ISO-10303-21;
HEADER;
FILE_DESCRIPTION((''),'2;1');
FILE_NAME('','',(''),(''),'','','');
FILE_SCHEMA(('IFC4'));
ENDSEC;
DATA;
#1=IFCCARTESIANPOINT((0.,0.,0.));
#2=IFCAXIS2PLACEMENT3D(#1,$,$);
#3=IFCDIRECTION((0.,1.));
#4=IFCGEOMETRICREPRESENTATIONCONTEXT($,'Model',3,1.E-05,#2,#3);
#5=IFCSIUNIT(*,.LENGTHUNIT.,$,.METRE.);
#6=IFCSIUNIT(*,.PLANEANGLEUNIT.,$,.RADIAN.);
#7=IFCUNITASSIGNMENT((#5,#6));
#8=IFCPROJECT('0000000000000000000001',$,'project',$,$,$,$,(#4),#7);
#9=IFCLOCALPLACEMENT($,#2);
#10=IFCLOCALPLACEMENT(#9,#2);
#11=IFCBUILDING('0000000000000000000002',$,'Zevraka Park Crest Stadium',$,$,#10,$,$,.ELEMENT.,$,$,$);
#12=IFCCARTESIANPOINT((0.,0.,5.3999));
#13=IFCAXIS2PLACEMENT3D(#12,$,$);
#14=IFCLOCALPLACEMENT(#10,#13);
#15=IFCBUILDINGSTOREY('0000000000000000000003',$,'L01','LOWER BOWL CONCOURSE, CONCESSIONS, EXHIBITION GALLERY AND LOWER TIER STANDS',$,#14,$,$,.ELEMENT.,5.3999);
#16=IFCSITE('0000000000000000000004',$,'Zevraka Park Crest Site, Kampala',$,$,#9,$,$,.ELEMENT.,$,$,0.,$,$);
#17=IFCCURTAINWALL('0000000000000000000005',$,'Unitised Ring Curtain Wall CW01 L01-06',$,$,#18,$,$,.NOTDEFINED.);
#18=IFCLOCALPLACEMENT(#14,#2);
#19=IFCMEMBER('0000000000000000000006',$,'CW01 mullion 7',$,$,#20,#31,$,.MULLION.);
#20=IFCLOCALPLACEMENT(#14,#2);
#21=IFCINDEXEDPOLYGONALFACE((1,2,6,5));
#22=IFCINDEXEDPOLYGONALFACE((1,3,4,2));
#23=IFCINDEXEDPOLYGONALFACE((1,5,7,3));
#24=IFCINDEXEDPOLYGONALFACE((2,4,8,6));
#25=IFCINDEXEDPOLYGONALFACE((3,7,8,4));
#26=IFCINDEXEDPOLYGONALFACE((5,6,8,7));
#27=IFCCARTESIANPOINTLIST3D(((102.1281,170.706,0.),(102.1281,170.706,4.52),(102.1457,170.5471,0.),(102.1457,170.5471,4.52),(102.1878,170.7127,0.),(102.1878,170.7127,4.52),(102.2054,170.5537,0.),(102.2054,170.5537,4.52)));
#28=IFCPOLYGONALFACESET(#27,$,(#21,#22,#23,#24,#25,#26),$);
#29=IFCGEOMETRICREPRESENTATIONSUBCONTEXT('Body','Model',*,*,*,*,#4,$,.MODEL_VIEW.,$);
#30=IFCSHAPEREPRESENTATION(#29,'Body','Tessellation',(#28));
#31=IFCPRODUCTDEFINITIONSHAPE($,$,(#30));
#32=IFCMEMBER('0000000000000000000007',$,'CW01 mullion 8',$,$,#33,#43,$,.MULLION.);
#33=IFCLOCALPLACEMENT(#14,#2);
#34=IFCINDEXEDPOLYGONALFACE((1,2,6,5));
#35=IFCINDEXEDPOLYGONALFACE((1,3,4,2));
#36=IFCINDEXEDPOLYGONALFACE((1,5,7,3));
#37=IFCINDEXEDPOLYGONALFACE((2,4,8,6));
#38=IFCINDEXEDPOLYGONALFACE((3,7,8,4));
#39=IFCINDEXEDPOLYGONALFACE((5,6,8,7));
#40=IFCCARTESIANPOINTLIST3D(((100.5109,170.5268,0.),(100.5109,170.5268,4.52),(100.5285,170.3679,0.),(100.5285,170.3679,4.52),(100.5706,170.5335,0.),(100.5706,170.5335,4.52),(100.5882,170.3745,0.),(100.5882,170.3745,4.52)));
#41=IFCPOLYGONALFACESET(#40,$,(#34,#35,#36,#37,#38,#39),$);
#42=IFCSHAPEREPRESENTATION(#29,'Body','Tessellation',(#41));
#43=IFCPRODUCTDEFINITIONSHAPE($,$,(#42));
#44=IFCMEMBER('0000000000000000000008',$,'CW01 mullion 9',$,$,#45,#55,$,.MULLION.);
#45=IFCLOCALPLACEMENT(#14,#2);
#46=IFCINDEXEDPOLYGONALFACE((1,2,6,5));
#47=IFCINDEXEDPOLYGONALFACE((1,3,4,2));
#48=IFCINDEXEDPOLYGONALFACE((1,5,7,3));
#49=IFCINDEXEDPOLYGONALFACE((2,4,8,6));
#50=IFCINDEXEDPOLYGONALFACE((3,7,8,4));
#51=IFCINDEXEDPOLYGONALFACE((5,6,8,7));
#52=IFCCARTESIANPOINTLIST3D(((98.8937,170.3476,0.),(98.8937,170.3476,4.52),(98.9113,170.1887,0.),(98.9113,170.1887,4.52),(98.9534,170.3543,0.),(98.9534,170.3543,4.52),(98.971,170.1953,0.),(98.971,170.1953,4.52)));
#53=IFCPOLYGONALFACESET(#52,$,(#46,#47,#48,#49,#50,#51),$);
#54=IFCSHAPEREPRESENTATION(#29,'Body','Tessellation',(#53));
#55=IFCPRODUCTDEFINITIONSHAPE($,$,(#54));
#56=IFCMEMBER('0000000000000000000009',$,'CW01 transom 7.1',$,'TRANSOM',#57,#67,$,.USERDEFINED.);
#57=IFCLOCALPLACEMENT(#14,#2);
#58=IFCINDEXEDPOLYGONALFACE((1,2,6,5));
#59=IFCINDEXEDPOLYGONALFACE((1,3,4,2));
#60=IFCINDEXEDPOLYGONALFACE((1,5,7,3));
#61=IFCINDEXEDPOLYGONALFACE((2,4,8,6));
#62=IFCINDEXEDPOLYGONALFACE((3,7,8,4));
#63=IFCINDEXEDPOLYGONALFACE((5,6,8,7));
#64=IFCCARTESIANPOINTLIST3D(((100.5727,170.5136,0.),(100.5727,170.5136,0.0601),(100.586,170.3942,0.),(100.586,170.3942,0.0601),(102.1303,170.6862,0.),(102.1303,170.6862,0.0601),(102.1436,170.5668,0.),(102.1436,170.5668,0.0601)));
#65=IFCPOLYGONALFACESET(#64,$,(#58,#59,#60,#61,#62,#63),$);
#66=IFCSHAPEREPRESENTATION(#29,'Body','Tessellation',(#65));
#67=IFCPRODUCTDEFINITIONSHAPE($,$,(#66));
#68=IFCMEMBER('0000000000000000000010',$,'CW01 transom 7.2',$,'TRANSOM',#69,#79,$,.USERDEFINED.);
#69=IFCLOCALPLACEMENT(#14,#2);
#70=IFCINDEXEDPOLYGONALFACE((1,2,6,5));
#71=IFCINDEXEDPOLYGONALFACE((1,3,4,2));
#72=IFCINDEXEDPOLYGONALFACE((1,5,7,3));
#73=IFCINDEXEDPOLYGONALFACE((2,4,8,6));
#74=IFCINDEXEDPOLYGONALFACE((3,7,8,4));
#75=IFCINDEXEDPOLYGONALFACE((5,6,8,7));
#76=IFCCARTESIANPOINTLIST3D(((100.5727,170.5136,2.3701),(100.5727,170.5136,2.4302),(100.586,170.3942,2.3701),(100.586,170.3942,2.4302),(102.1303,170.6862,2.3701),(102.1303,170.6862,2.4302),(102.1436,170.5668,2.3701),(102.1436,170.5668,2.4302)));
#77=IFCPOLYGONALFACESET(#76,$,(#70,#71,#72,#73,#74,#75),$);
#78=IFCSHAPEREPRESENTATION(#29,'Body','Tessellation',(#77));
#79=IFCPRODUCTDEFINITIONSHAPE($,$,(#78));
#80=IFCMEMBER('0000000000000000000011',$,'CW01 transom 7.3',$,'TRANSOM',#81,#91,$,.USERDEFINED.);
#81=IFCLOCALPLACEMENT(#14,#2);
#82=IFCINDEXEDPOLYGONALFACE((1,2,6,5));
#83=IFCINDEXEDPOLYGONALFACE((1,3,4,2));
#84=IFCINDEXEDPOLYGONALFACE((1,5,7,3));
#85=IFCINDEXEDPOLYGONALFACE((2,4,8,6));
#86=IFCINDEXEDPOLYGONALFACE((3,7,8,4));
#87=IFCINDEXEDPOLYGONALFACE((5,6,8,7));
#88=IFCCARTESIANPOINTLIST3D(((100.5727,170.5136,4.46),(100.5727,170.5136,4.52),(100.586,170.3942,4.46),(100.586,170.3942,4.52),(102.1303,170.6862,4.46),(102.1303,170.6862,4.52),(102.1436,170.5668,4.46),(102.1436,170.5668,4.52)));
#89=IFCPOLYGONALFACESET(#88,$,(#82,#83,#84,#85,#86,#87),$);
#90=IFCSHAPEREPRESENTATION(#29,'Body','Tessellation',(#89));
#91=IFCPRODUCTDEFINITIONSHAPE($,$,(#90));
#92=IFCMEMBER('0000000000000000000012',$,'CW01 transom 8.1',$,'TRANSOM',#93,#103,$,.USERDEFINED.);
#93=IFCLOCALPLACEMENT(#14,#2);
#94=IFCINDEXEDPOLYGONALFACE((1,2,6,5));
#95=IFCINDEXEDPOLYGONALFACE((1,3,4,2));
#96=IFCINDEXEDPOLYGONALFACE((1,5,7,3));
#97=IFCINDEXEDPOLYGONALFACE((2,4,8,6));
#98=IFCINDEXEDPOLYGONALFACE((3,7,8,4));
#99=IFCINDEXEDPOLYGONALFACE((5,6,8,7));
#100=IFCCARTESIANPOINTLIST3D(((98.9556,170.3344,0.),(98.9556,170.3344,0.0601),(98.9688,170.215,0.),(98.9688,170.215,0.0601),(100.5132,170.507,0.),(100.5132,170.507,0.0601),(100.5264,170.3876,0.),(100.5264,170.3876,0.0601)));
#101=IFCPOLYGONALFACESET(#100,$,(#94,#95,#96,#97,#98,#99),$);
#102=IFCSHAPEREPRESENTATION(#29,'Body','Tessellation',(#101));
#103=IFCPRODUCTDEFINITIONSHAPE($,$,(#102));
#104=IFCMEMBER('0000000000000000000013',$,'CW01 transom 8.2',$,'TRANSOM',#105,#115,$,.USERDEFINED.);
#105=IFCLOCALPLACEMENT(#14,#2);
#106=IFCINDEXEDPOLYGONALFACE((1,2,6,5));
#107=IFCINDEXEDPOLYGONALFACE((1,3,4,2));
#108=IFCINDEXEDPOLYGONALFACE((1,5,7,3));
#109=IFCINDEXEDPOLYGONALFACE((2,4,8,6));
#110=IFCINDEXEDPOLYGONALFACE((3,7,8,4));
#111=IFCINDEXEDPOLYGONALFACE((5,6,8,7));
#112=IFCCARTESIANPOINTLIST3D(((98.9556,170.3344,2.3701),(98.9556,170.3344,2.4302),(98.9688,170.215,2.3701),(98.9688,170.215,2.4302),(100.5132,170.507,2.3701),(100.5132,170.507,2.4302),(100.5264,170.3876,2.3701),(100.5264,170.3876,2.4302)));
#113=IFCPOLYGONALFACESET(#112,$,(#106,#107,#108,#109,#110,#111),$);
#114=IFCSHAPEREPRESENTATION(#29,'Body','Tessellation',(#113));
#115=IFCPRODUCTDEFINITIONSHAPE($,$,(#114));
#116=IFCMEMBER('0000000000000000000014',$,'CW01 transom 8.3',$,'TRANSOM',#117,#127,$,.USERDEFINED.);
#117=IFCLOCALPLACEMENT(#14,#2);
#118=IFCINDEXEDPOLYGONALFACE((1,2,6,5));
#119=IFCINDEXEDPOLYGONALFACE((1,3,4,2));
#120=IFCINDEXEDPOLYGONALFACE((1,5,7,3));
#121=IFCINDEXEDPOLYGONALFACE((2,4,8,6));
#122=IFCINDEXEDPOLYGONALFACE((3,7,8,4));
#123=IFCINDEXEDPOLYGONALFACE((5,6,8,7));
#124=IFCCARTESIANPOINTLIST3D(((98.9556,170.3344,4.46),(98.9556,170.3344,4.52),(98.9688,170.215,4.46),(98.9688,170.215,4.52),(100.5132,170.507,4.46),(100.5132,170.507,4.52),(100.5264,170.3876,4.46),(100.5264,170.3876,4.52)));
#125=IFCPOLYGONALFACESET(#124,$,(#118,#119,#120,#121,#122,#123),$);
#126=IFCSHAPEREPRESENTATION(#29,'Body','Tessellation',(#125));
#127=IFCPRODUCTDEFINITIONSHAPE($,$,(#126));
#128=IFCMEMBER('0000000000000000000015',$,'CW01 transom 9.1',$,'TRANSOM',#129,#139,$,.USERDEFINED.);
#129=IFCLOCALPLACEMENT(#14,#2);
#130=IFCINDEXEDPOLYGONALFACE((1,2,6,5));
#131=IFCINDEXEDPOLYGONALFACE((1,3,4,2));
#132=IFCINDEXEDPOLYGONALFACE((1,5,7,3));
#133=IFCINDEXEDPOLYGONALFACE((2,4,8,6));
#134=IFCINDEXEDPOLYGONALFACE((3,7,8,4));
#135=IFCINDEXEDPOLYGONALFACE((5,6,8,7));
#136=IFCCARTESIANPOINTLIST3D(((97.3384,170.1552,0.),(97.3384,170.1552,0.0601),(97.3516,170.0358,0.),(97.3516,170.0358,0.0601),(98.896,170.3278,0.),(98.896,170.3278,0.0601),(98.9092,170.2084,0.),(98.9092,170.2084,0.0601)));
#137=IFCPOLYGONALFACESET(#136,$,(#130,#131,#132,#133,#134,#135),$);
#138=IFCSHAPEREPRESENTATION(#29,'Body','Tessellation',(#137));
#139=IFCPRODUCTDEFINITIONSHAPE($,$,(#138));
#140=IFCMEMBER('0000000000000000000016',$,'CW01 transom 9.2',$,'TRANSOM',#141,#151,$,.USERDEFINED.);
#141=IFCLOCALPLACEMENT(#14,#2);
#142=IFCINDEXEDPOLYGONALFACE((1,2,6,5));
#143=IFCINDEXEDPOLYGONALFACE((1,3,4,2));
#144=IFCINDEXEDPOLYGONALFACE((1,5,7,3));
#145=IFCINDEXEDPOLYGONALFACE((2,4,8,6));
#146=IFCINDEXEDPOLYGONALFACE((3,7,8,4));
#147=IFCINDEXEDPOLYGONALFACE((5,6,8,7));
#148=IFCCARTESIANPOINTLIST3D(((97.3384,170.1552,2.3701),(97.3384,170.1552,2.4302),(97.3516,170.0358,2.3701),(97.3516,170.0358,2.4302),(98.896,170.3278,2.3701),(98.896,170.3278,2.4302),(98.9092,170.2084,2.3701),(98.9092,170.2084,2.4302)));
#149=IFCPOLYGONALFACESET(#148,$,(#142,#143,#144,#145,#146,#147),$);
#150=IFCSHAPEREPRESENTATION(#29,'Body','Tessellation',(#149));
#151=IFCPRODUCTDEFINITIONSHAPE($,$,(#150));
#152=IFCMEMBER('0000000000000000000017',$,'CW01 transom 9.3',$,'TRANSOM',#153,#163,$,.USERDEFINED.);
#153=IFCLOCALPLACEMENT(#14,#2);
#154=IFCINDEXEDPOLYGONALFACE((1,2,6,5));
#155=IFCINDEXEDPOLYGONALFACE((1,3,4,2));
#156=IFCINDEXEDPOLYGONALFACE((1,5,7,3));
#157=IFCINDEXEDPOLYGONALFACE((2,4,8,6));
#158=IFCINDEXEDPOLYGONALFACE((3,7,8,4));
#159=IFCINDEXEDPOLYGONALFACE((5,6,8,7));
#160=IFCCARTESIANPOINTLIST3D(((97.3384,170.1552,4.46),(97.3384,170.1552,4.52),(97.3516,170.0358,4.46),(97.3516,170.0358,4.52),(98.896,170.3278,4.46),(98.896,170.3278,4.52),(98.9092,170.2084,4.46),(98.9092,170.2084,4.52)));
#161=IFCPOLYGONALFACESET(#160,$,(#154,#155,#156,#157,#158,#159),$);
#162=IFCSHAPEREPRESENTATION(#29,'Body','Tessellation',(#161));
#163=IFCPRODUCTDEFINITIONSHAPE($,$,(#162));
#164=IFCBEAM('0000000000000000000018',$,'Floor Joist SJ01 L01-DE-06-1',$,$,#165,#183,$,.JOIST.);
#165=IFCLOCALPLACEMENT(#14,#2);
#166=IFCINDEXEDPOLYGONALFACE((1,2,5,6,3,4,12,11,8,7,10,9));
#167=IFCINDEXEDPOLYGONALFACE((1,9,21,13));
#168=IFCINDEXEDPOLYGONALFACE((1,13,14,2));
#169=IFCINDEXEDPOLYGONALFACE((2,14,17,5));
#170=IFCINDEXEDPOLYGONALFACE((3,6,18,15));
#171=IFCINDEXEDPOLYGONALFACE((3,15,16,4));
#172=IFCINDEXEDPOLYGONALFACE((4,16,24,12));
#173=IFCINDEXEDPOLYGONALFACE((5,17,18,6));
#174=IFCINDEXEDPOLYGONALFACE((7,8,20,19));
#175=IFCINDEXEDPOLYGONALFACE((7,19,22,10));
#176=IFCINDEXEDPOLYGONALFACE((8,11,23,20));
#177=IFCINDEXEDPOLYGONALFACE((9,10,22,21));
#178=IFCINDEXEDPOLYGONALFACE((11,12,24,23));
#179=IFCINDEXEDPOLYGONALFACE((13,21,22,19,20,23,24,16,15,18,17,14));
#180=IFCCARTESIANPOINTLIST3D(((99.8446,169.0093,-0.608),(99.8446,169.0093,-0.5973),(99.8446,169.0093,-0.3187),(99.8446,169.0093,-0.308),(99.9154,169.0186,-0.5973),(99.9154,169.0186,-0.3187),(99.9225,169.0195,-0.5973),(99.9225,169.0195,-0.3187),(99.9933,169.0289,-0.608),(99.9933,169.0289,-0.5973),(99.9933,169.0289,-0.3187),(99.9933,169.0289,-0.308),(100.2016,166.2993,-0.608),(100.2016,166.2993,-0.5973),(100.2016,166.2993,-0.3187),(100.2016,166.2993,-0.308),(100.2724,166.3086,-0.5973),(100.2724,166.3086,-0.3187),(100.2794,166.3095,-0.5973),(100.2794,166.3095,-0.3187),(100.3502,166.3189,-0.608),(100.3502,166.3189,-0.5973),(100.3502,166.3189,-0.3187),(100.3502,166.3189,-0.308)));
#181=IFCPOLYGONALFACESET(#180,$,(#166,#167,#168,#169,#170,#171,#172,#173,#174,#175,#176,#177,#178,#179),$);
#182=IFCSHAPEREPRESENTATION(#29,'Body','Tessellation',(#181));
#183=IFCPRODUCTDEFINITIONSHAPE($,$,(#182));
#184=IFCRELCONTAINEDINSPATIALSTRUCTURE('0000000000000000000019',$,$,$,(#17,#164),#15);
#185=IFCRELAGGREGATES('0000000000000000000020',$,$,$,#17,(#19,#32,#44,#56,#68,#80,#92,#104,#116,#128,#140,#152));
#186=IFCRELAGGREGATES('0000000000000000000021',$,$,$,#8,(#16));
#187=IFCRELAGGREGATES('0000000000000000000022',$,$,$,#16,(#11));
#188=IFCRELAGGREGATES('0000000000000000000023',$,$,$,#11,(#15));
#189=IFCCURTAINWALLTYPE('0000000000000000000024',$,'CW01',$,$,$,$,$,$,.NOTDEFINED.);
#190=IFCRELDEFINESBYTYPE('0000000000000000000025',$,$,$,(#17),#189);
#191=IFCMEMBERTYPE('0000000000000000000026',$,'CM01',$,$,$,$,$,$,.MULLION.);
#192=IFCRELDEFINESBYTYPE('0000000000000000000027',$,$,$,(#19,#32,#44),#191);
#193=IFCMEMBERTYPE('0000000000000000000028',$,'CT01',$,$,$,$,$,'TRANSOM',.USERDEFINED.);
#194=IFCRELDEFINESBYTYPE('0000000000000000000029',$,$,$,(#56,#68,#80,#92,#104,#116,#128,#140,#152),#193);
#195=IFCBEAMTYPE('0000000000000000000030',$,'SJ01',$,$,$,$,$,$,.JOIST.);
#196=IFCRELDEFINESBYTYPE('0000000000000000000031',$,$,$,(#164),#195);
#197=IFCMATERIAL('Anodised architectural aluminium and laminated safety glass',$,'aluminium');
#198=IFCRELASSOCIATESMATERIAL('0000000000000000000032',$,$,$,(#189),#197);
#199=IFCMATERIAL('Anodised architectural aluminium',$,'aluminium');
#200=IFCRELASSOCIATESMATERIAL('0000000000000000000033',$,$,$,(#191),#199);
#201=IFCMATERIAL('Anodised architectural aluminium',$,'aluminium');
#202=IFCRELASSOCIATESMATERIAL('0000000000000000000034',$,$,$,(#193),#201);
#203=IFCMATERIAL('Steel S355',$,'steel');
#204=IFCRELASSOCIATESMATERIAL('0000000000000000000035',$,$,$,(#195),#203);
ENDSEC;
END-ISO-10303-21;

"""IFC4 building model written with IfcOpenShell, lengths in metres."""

from ifc_helpers import new_model, si_unit, direction, frame, origin, origin_2d, place, context, subcontext, project, spatial, rectangle, i_section, extrude, material, material_profile, profile_set, type_object, element, aggregate, save


model = new_model("IFC4")

# Units and contexts
model_context = context("Model", 3, precision=1e-05, world=origin(), true_north=direction((0.0, 1.0)))
body_context = subcontext(model_context, "Body", "Model", "MODEL_VIEW")
ifc_project = project(units=[si_unit("LENGTHUNIT", "METRE"), si_unit("PLANEANGLEUNIT", "RADIAN")], contexts=[model_context])

# Site, building, storey
site_placement = place(None, origin())
site = spatial("IfcSite", under=ifc_project, at=site_placement, Name="Zevraka Park Crest Site, Kampala", CompositionType="ELEMENT", RefElevation=0.0)
building_placement = place(site_placement, origin())
building = spatial("IfcBuilding", under=site, at=building_placement, Name="Zevraka Park Crest Stadium", CompositionType="ELEMENT")
storey_placement = place(building_placement, frame((0.0, 0.0, 5.3999)))
storey = spatial("IfcBuildingStorey", under=building, at=storey_placement, Name="L01", Description="LOWER BOWL CONCOURSE, CONCESSIONS, EXHIBITION GALLERY AND LOWER TIER STANDS", CompositionType="ELEMENT", Elevation=5.3999)

# Curtain wall, members
ifc_material_1 = material(Name="Anodised architectural aluminium and laminated safety glass", Category="aluminium")
curtain_wall_type = type_object("IfcCurtainWallType", Name="CW01", PredefinedType="NOTDEFINED", material=ifc_material_1)
curtain_wall_placement = place(storey_placement, origin())
curtain_wall = element("IfcCurtainWall", 1, at=curtain_wall_placement, inside=storey, type_object=curtain_wall_type, Name="Unitised Ring Curtain Wall CW01 L01-06", PredefinedType="NOTDEFINED")
ifc_material_2 = material(Name="Anodised architectural aluminium", Category="aluminium")
ifc_material_profile_1 = material_profile(ifc_material_2, rectangle(XDim=0.1599, YDim=0.0601, at=origin_2d()), Name="ALU MULLION 160x60")
ifc_profile_set_1 = profile_set([ifc_material_profile_1], Name="Anodised architectural aluminium")
member_type_1 = type_object("IfcMemberType", Name="CM01", PredefinedType="MULLION", material=ifc_profile_set_1)
member_1_placement = place(storey_placement, frame((102.1667, 170.6299, 0.0), z_axis=(0.0, 0.0, 1.0), x_axis=(0.110135, -0.993917, 0.0)))
member_1 = element("IfcMember", 2, at=member_1_placement, type_object=member_type_1, Name="CW01 mullion 7", PredefinedType="MULLION", context=body_context, shape_type="SweptSolid", body=[
    extrude(rectangle(XDim=0.1599, YDim=0.0601, at=origin_2d()), origin(), (0.0, 0.0, 1.0), 4.52),
])
member_2_placement = place(storey_placement, frame((100.5496, 170.4507, 0.0), z_axis=(0.0, 0.0, 1.0), x_axis=(0.110135, -0.993917, 0.0)))
member_2 = element("IfcMember", 3, at=member_2_placement, type_object=member_type_1, Name="CW01 mullion 8", PredefinedType="MULLION", context=body_context, shape_type="SweptSolid", body=[
    extrude(rectangle(XDim=0.1599, YDim=0.0601, at=origin_2d()), origin(), (0.0, 0.0, 1.0), 4.52),
])
member_3_placement = place(storey_placement, frame((98.9324, 170.2715, 0.0), z_axis=(0.0, 0.0, 1.0), x_axis=(0.110135, -0.993917, 0.0)))
member_3 = element("IfcMember", 4, at=member_3_placement, type_object=member_type_1, Name="CW01 mullion 9", PredefinedType="MULLION", context=body_context, shape_type="SweptSolid", body=[
    extrude(rectangle(XDim=0.1599, YDim=0.0601, at=origin_2d()), origin(), (0.0, 0.0, 1.0), 4.52),
])
ifc_material_3 = material(Name="Anodised architectural aluminium", Category="aluminium")
ifc_material_profile_2 = material_profile(ifc_material_3, rectangle(XDim=0.1201, YDim=0.0601, at=origin_2d()), Name="ALU TRANSOM 120x60")
ifc_profile_set_2 = profile_set([ifc_material_profile_2], Name="Anodised architectural aluminium")
member_type_2 = type_object("IfcMemberType", Name="CT01", ElementType="TRANSOM", PredefinedType="USERDEFINED", material=ifc_profile_set_2)
member_4_placement = place(storey_placement, frame((102.137, 170.6265, 0.03), z_axis=(-0.993916, -0.110141, 0.0), x_axis=(0.110141, -0.993916, 0.0)))
member_4 = element("IfcMember", 5, at=member_4_placement, type_object=member_type_2, Name="CW01 transom 7.1", ObjectType="TRANSOM", PredefinedType="USERDEFINED", context=body_context, shape_type="SweptSolid", body=[
    extrude(rectangle(XDim=0.1201, YDim=0.0601, at=origin_2d()), origin(), (0.0, 0.0, 1.0), 1.5671),
])
member_5_placement = place(storey_placement, frame((102.137, 170.6265, 2.4001), z_axis=(-0.993916, -0.110141, 0.0), x_axis=(0.110141, -0.993916, 0.0)))
member_5 = element("IfcMember", 6, at=member_5_placement, type_object=member_type_2, Name="CW01 transom 7.2", ObjectType="TRANSOM", PredefinedType="USERDEFINED", context=body_context, shape_type="SweptSolid", body=[
    extrude(rectangle(XDim=0.1201, YDim=0.0601, at=origin_2d()), origin(), (0.0, 0.0, 1.0), 1.5671),
])
member_6_placement = place(storey_placement, frame((102.137, 170.6265, 4.49), z_axis=(-0.993916, -0.110141, 0.0), x_axis=(0.110141, -0.993916, 0.0)))
member_6 = element("IfcMember", 7, at=member_6_placement, type_object=member_type_2, Name="CW01 transom 7.3", ObjectType="TRANSOM", PredefinedType="USERDEFINED", context=body_context, shape_type="SweptSolid", body=[
    extrude(rectangle(XDim=0.1201, YDim=0.0601, at=origin_2d()), origin(), (0.0, 0.0, 1.0), 1.5671),
])
member_7_placement = place(storey_placement, frame((100.5198, 170.4473, 0.03), z_axis=(-0.993916, -0.110141, 0.0), x_axis=(0.110141, -0.993916, 0.0)))
member_7 = element("IfcMember", 8, at=member_7_placement, type_object=member_type_2, Name="CW01 transom 8.1", ObjectType="TRANSOM", PredefinedType="USERDEFINED", context=body_context, shape_type="SweptSolid", body=[
    extrude(rectangle(XDim=0.1201, YDim=0.0601, at=origin_2d()), origin(), (0.0, 0.0, 1.0), 1.5671),
])
member_8_placement = place(storey_placement, frame((100.5198, 170.4473, 2.4001), z_axis=(-0.993916, -0.110141, 0.0), x_axis=(0.110141, -0.993916, 0.0)))
member_8 = element("IfcMember", 9, at=member_8_placement, type_object=member_type_2, Name="CW01 transom 8.2", ObjectType="TRANSOM", PredefinedType="USERDEFINED", context=body_context, shape_type="SweptSolid", body=[
    extrude(rectangle(XDim=0.1201, YDim=0.0601, at=origin_2d()), origin(), (0.0, 0.0, 1.0), 1.5671),
])
member_9_placement = place(storey_placement, frame((100.5198, 170.4473, 4.49), z_axis=(-0.993916, -0.110141, 0.0), x_axis=(0.110141, -0.993916, 0.0)))
member_9 = element("IfcMember", 10, at=member_9_placement, type_object=member_type_2, Name="CW01 transom 8.3", ObjectType="TRANSOM", PredefinedType="USERDEFINED", context=body_context, shape_type="SweptSolid", body=[
    extrude(rectangle(XDim=0.1201, YDim=0.0601, at=origin_2d()), origin(), (0.0, 0.0, 1.0), 1.5671),
])
member_10_placement = place(storey_placement, frame((98.9026, 170.2681, 0.03), z_axis=(-0.993916, -0.110141, 0.0), x_axis=(0.110141, -0.993916, 0.0)))
member_10 = element("IfcMember", 11, at=member_10_placement, type_object=member_type_2, Name="CW01 transom 9.1", ObjectType="TRANSOM", PredefinedType="USERDEFINED", context=body_context, shape_type="SweptSolid", body=[
    extrude(rectangle(XDim=0.1201, YDim=0.0601, at=origin_2d()), origin(), (0.0, 0.0, 1.0), 1.5671),
])
member_11_placement = place(storey_placement, frame((98.9026, 170.2681, 2.4001), z_axis=(-0.993916, -0.110141, 0.0), x_axis=(0.110141, -0.993916, 0.0)))
member_11 = element("IfcMember", 12, at=member_11_placement, type_object=member_type_2, Name="CW01 transom 9.2", ObjectType="TRANSOM", PredefinedType="USERDEFINED", context=body_context, shape_type="SweptSolid", body=[
    extrude(rectangle(XDim=0.1201, YDim=0.0601, at=origin_2d()), origin(), (0.0, 0.0, 1.0), 1.5671),
])
member_12_placement = place(storey_placement, frame((98.9026, 170.2681, 4.49), z_axis=(-0.993916, -0.110141, 0.0), x_axis=(0.110141, -0.993916, 0.0)))
member_12 = element("IfcMember", 13, at=member_12_placement, type_object=member_type_2, Name="CW01 transom 9.3", ObjectType="TRANSOM", PredefinedType="USERDEFINED", context=body_context, shape_type="SweptSolid", body=[
    extrude(rectangle(XDim=0.1201, YDim=0.0601, at=origin_2d()), origin(), (0.0, 0.0, 1.0), 1.5671),
])

# Beam
ifc_material_4 = material(Name="Steel S355", Category="steel")
ifc_material_profile_3 = material_profile(ifc_material_4, i_section(OverallWidth=0.1499, OverallDepth=0.3, WebThickness=0.0071, FlangeThickness=0.0107, at=origin_2d()), Name="IPE 300")
ifc_profile_set_3 = profile_set([ifc_material_profile_3], Name="Steel S355")
beam_type = type_object("IfcBeamType", Name="SJ01", PredefinedType="JOIST", material=ifc_profile_set_3)
beam_placement = place(storey_placement, frame((100.2759, 166.3091, -0.458), z_axis=(-0.130584, 0.991437, 0.0), x_axis=(-0.991437, -0.130584, 0.0)))
element("IfcBeam", 14, at=beam_placement, inside=storey, type_object=beam_type, Name="Floor Joist SJ01 L01-DE-06-1", PredefinedType="JOIST", context=body_context, shape_type="SweptSolid", body=[
    extrude(i_section(OverallWidth=0.1499, OverallDepth=0.3, WebThickness=0.0071, FlangeThickness=0.0107, at=origin_2d()), origin(), (0.0, 0.0, 1.0), 2.7334),
])

aggregate(curtain_wall, [member_1, member_2, member_3, member_4, member_5, member_6, member_7, member_8, member_9, member_10, member_11, member_12])

save(model, "model.ifc")
